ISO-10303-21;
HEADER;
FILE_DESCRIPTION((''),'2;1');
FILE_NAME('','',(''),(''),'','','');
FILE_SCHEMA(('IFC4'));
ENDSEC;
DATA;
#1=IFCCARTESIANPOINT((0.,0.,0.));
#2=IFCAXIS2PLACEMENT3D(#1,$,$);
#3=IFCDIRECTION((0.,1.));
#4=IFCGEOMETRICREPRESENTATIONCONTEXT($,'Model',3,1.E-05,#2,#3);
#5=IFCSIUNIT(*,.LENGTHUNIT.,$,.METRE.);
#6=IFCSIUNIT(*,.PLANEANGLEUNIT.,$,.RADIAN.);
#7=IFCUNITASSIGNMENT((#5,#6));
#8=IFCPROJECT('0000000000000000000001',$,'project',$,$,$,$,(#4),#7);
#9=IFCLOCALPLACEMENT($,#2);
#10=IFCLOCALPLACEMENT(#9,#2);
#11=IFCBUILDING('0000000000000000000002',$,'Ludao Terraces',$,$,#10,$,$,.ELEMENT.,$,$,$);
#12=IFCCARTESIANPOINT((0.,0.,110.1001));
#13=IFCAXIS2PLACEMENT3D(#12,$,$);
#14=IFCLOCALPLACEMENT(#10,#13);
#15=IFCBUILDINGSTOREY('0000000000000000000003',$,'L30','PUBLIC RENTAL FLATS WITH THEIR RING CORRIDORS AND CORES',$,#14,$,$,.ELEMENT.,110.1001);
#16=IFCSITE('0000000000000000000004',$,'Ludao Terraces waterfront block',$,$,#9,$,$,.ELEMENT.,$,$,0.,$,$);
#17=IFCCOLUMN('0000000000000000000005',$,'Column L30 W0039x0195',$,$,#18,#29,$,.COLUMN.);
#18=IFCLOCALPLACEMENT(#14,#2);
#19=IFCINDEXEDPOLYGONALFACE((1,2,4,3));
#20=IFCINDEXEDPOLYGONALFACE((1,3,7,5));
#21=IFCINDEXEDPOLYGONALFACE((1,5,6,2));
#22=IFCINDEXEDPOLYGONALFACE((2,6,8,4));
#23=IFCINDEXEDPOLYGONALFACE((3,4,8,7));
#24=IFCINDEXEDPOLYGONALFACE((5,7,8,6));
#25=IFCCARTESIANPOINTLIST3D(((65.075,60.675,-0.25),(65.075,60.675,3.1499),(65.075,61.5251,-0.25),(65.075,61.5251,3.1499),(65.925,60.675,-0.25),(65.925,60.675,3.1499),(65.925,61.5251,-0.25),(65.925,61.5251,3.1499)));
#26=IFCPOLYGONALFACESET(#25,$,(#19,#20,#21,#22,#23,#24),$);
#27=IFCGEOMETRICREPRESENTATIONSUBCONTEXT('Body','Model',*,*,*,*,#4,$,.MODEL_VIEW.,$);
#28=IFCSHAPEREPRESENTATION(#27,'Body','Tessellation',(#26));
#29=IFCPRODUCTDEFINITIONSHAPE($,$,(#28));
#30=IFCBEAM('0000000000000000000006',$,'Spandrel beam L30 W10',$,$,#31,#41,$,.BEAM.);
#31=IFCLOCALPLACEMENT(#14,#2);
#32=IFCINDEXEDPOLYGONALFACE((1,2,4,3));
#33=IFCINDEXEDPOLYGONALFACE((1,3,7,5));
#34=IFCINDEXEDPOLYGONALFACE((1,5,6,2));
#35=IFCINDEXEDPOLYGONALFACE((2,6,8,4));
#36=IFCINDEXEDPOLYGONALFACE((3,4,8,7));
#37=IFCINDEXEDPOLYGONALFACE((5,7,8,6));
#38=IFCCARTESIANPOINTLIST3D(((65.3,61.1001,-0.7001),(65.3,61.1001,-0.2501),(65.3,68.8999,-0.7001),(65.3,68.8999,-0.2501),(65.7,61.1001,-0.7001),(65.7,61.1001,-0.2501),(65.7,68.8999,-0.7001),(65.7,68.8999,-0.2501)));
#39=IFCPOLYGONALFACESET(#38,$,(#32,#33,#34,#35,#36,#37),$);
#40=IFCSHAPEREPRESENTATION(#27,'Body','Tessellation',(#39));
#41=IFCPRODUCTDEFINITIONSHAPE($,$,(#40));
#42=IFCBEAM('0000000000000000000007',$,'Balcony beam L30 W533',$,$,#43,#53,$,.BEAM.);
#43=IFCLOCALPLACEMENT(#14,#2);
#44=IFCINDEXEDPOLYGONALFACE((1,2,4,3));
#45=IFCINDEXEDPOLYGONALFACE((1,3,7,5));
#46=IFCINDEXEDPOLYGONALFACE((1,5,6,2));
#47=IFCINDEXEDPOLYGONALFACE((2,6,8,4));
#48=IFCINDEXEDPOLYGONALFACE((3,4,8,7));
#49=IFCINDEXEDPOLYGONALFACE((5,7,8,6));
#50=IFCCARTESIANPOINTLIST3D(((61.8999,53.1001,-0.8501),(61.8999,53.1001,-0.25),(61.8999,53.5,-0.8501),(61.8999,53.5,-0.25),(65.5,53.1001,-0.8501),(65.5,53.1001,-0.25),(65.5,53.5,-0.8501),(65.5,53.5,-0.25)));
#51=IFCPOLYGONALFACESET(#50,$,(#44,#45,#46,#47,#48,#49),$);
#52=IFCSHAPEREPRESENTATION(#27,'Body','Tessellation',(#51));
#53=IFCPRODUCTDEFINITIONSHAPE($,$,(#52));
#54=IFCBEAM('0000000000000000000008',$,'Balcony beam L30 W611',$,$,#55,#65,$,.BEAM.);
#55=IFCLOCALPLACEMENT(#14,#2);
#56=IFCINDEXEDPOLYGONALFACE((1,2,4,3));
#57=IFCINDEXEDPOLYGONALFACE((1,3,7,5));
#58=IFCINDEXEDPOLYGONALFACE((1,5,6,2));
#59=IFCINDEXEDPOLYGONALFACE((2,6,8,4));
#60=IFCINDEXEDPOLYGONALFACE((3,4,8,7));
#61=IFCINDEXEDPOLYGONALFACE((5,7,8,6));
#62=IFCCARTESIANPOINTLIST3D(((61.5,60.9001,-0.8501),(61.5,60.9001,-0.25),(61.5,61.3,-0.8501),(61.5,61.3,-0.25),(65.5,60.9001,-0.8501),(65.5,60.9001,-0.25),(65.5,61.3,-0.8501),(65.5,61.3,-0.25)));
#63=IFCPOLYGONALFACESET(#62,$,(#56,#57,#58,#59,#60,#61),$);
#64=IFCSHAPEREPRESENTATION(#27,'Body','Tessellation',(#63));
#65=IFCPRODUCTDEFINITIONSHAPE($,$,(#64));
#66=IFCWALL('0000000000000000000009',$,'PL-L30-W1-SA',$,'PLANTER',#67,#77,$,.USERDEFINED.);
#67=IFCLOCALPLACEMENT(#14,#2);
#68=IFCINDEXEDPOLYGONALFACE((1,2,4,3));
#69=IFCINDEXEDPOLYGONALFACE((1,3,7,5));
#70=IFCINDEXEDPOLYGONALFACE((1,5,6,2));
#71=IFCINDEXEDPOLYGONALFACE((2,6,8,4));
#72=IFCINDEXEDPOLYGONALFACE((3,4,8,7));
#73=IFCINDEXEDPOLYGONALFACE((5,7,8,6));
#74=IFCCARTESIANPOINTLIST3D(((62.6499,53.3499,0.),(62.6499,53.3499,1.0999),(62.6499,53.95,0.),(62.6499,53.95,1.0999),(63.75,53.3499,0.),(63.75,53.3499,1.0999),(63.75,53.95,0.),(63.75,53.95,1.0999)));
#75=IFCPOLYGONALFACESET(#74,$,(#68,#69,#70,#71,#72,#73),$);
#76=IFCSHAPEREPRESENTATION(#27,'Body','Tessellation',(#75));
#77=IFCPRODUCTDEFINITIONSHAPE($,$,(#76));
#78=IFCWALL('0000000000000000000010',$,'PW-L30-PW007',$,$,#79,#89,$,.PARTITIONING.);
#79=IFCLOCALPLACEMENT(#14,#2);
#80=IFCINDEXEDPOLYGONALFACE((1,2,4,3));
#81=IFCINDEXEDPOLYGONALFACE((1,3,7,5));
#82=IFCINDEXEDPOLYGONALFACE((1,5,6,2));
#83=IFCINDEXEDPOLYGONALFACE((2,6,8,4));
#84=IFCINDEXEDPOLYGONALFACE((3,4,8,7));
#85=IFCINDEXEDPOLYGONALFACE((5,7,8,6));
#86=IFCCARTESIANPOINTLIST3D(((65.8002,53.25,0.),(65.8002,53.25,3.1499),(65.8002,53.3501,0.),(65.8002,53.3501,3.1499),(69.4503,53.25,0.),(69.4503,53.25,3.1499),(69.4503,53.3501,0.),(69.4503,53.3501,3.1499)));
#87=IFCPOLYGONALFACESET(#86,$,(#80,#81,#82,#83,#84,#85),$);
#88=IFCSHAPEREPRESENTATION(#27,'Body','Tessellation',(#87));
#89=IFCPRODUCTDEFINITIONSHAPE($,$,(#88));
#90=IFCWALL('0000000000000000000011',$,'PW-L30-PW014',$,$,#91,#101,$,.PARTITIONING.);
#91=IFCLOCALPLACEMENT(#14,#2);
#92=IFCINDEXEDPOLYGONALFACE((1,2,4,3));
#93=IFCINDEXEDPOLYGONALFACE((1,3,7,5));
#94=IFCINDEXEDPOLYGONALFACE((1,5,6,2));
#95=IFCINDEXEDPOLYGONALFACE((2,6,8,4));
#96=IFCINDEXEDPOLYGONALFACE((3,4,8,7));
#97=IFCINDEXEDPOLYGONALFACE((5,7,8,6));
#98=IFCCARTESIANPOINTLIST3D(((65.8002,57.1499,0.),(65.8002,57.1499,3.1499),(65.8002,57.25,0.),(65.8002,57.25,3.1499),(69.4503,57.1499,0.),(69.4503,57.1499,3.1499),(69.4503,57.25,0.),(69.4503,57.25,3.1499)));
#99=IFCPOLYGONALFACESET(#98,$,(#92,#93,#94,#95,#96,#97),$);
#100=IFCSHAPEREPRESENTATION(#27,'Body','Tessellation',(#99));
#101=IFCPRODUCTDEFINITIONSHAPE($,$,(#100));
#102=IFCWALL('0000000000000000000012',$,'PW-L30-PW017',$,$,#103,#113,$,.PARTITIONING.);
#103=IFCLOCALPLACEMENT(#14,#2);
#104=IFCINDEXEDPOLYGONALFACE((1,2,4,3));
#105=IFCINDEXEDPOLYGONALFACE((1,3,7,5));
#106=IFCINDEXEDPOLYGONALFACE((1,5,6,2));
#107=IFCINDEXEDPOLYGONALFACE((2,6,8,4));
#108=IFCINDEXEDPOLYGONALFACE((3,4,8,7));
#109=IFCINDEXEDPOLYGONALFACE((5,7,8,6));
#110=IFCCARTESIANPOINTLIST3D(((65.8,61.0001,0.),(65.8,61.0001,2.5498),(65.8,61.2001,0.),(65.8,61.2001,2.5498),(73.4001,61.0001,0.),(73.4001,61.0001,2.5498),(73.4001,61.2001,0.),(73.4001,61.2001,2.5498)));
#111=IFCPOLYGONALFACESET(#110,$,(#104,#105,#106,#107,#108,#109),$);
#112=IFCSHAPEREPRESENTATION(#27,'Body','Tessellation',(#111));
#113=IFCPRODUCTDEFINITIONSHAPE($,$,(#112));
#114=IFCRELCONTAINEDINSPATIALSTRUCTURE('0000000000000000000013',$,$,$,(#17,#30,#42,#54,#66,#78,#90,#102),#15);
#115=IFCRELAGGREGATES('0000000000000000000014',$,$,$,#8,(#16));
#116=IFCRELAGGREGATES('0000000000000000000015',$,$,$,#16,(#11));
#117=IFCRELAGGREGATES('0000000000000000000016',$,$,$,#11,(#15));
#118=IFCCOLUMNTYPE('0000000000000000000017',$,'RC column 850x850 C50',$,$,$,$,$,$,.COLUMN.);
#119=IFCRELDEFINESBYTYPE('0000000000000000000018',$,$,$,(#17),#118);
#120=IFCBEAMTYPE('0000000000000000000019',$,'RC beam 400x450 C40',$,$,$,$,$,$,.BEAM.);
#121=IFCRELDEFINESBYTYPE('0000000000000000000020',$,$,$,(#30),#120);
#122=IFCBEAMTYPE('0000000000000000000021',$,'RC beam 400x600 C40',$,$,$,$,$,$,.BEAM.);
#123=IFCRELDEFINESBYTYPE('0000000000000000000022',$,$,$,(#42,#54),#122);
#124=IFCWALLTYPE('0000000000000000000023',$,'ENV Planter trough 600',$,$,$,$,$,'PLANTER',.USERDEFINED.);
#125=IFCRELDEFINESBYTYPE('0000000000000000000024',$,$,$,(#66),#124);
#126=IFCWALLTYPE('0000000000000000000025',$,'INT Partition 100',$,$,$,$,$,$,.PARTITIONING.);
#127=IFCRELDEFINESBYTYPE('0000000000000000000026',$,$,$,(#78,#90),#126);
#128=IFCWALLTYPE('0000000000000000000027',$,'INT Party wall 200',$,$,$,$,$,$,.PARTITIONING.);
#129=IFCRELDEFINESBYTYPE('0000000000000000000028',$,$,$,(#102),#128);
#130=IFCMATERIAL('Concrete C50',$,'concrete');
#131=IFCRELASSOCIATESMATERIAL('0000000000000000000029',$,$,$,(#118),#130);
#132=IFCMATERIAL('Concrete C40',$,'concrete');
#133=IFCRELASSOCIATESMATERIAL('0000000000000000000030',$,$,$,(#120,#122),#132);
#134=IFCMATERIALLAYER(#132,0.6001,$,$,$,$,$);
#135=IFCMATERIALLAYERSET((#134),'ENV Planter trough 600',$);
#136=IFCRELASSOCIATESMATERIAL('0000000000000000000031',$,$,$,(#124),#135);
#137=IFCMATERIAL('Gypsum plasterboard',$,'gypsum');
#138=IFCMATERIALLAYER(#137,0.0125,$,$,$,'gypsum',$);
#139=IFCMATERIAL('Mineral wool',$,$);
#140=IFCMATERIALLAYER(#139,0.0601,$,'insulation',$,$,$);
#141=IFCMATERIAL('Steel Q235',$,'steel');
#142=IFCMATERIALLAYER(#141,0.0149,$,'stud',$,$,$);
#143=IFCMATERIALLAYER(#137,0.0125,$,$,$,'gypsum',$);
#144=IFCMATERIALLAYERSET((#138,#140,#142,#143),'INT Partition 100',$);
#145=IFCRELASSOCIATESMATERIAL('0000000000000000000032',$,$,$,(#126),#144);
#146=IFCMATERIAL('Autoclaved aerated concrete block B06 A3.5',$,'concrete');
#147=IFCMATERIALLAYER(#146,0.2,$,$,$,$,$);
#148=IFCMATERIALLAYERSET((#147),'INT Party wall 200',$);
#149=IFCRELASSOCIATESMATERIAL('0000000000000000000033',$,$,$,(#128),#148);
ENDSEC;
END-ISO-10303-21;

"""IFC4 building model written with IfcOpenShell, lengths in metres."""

from ifc_helpers import new_model, si_unit, direction, frame, frame_2d, origin, origin_2d, place, context, subcontext, project, spatial, rectangle, extrude, material, layer, layer_set, material_profile, profile_set, type_object, element, save


model = new_model("IFC4")

# Units and contexts
model_context = context("Model", 3, precision=1e-05, world=origin(), true_north=direction((0.0, 1.0)))
body_context = subcontext(model_context, "Body", "Model", "MODEL_VIEW")
ifc_project = project(units=[si_unit("LENGTHUNIT", "METRE"), si_unit("PLANEANGLEUNIT", "RADIAN")], contexts=[model_context])

# Site, building, storey
site_placement = place(None, origin())
site = spatial("IfcSite", under=ifc_project, at=site_placement, Name="Ludao Terraces waterfront block", CompositionType="ELEMENT", RefElevation=0.0)
building_placement = place(site_placement, origin())
building = spatial("IfcBuilding", under=site, at=building_placement, Name="Ludao Terraces", CompositionType="ELEMENT")
storey_placement = place(building_placement, frame((0.0, 0.0, 110.1001)))
storey = spatial("IfcBuildingStorey", under=building, at=storey_placement, Name="L30", Description="PUBLIC RENTAL FLATS WITH THEIR RING CORRIDORS AND CORES", CompositionType="ELEMENT", Elevation=110.1001)

# Column
ifc_material_1 = material(Name="Concrete C50", Category="concrete")
ifc_material_profile_1 = material_profile(ifc_material_1, rectangle(XDim=0.8501, YDim=0.8501, at=origin_2d()), Name="850 X 850")
ifc_profile_set_1 = profile_set([ifc_material_profile_1], Name="Concrete C50")
column_type = type_object("IfcColumnType", Name="RC column 850x850 C50", PredefinedType="COLUMN", material=ifc_profile_set_1)
column_placement = place(storey_placement, frame((65.5, 61.1001, -0.25), z_axis=(0.0, 0.0, 1.0), x_axis=(1.0, 0.0, 0.0)))
element("IfcColumn", 1, at=column_placement, inside=storey, type_object=column_type, Name="Column L30 W0039x0195", PredefinedType="COLUMN", context=body_context, shape_type="SweptSolid", body=[
    extrude(rectangle(XDim=0.8501, YDim=0.8501, at=origin_2d()), origin(), (0.0, 0.0, 1.0), 3.3999),
])

# Beams
ifc_material_2 = material(Name="Concrete C40", Category="concrete")
ifc_material_profile_2 = material_profile(ifc_material_2, rectangle(XDim=0.3999, YDim=0.45, at=origin_2d()), Name="400 X 450")
ifc_profile_set_2 = profile_set([ifc_material_profile_2], Name="Concrete C40")
beam_type_1 = type_object("IfcBeamType", Name="RC beam 400x450 C40", PredefinedType="BEAM", material=ifc_profile_set_2)
beam_1_placement = place(storey_placement, frame((65.5, 61.1001, -0.4751), z_axis=(0.0, 1.0, 0.0), x_axis=(-1.0, 0.0, 0.0)))
element("IfcBeam", 2, at=beam_1_placement, inside=storey, type_object=beam_type_1, Name="Spandrel beam L30 W10", PredefinedType="BEAM", context=body_context, shape_type="SweptSolid", body=[
    extrude(rectangle(XDim=0.3999, YDim=0.45, at=origin_2d()), origin(), (0.0, 0.0, 1.0), 7.7998),
])
ifc_material_profile_3 = material_profile(ifc_material_2, rectangle(XDim=0.3999, YDim=0.6001, at=origin_2d()), Name="400 X 600")
ifc_profile_set_3 = profile_set([ifc_material_profile_3], Name="Concrete C40")
beam_type_2 = type_object("IfcBeamType", Name="RC beam 400x600 C40", PredefinedType="BEAM", material=ifc_profile_set_3)
beam_2_placement = place(storey_placement, frame((65.5, 53.3, -0.55), z_axis=(-1.0, 0.0, 0.0), x_axis=(0.0, -1.0, 0.0)))
element("IfcBeam", 3, at=beam_2_placement, inside=storey, type_object=beam_type_2, Name="Balcony beam L30 W533", PredefinedType="BEAM", context=body_context, shape_type="SweptSolid", body=[
    extrude(rectangle(XDim=0.3999, YDim=0.6001, at=origin_2d()), origin(), (0.0, 0.0, 1.0), 3.6001),
])
beam_3_placement = place(storey_placement, frame((65.5, 61.1001, -0.55), z_axis=(-1.0, 0.0, 0.0), x_axis=(0.0, -1.0, 0.0)))
element("IfcBeam", 4, at=beam_3_placement, inside=storey, type_object=beam_type_2, Name="Balcony beam L30 W611", PredefinedType="BEAM", context=body_context, shape_type="SweptSolid", body=[
    extrude(rectangle(XDim=0.3999, YDim=0.6001, at=origin_2d()), origin(), (0.0, 0.0, 1.0), 4.0),
])

# Wall
ifc_layer_1 = layer(ifc_material_2, 0.6001)
ifc_layer_set_1 = layer_set([ifc_layer_1], Name="ENV Planter trough 600")
wall_type_1 = type_object("IfcWallType", Name="ENV Planter trough 600", ElementType="PLANTER", PredefinedType="USERDEFINED", material=ifc_layer_set_1)
wall_1_placement = place(storey_placement, frame((62.6499, 53.6499, 0.0), z_axis=(0.0, 0.0, 1.0), x_axis=(1.0, 0.0, 0.0)))
element("IfcWall", 5, at=wall_1_placement, inside=storey, type_object=wall_type_1, Name="PL-L30-W1-SA", ObjectType="PLANTER", PredefinedType="USERDEFINED", context=body_context, shape_type="SweptSolid", body=[
    extrude(rectangle(XDim=1.1001, YDim=0.6001, at=frame_2d((0.55, 0.0))), origin(), (0.0, 0.0, 1.0), 1.0999),
])

# Shared definitions
ifc_material_3 = material(Name="Mineral wool")

# Walls
ifc_material_4 = material(Name="Gypsum plasterboard", Category="gypsum")
ifc_layer_2 = layer(ifc_material_4, 0.0125, Category="gypsum")
ifc_layer_3 = layer(ifc_material_3, 0.0601, Name="insulation")
ifc_material_5 = material(Name="Steel Q235", Category="steel")
ifc_layer_4 = layer(ifc_material_5, 0.0149, Name="stud")
ifc_layer_5 = layer(ifc_material_4, 0.0125, Category="gypsum")
ifc_layer_set_2 = layer_set([ifc_layer_2, ifc_layer_3, ifc_layer_4, ifc_layer_5], Name="INT Partition 100")
wall_type_2 = type_object("IfcWallType", Name="INT Partition 100", PredefinedType="PARTITIONING", material=ifc_layer_set_2)
for number, where, z_axis, x_axis, name in (
    (6, (65.8, 53.3, 0.0), (0.0, 0.0, 1.0), (1.0, 0.0, 0.0), "PW-L30-PW007"),
    (7, (65.8, 57.2, 0.0), (0.0, 0.0, 1.0), (1.0, 0.0, 0.0), "PW-L30-PW014"),
):
    element("IfcWall", number, at=place(storey_placement, frame(where, z_axis=z_axis, x_axis=x_axis)), inside=storey, type_object=wall_type_2, Name=name, PredefinedType="PARTITIONING", context=body_context, shape_type="SweptSolid", body=[
        extrude(rectangle(XDim=3.6501, YDim=0.1001, at=frame_2d((1.8252, 0.0))), origin(), (0.0, 0.0, 1.0), 3.1499),
    ])
ifc_material_6 = material(Name="Autoclaved aerated concrete block B06 A3.5", Category="concrete")
ifc_layer_6 = layer(ifc_material_6, 0.2)
ifc_layer_set_3 = layer_set([ifc_layer_6], Name="INT Party wall 200")
wall_type_3 = type_object("IfcWallType", Name="INT Party wall 200", PredefinedType="PARTITIONING", material=ifc_layer_set_3)
wall_2_placement = place(storey_placement, frame((65.8, 61.1001, 0.0), z_axis=(0.0, 0.0, 1.0), x_axis=(1.0, 0.0, 0.0)))
element("IfcWall", 8, at=wall_2_placement, inside=storey, type_object=wall_type_3, Name="PW-L30-PW017", PredefinedType="PARTITIONING", context=body_context, shape_type="SweptSolid", body=[
    extrude(rectangle(XDim=7.6001, YDim=0.2, at=frame_2d((3.8, 0.0))), origin(), (0.0, 0.0, 1.0), 2.5498),
])

save(model, "model.ifc")
